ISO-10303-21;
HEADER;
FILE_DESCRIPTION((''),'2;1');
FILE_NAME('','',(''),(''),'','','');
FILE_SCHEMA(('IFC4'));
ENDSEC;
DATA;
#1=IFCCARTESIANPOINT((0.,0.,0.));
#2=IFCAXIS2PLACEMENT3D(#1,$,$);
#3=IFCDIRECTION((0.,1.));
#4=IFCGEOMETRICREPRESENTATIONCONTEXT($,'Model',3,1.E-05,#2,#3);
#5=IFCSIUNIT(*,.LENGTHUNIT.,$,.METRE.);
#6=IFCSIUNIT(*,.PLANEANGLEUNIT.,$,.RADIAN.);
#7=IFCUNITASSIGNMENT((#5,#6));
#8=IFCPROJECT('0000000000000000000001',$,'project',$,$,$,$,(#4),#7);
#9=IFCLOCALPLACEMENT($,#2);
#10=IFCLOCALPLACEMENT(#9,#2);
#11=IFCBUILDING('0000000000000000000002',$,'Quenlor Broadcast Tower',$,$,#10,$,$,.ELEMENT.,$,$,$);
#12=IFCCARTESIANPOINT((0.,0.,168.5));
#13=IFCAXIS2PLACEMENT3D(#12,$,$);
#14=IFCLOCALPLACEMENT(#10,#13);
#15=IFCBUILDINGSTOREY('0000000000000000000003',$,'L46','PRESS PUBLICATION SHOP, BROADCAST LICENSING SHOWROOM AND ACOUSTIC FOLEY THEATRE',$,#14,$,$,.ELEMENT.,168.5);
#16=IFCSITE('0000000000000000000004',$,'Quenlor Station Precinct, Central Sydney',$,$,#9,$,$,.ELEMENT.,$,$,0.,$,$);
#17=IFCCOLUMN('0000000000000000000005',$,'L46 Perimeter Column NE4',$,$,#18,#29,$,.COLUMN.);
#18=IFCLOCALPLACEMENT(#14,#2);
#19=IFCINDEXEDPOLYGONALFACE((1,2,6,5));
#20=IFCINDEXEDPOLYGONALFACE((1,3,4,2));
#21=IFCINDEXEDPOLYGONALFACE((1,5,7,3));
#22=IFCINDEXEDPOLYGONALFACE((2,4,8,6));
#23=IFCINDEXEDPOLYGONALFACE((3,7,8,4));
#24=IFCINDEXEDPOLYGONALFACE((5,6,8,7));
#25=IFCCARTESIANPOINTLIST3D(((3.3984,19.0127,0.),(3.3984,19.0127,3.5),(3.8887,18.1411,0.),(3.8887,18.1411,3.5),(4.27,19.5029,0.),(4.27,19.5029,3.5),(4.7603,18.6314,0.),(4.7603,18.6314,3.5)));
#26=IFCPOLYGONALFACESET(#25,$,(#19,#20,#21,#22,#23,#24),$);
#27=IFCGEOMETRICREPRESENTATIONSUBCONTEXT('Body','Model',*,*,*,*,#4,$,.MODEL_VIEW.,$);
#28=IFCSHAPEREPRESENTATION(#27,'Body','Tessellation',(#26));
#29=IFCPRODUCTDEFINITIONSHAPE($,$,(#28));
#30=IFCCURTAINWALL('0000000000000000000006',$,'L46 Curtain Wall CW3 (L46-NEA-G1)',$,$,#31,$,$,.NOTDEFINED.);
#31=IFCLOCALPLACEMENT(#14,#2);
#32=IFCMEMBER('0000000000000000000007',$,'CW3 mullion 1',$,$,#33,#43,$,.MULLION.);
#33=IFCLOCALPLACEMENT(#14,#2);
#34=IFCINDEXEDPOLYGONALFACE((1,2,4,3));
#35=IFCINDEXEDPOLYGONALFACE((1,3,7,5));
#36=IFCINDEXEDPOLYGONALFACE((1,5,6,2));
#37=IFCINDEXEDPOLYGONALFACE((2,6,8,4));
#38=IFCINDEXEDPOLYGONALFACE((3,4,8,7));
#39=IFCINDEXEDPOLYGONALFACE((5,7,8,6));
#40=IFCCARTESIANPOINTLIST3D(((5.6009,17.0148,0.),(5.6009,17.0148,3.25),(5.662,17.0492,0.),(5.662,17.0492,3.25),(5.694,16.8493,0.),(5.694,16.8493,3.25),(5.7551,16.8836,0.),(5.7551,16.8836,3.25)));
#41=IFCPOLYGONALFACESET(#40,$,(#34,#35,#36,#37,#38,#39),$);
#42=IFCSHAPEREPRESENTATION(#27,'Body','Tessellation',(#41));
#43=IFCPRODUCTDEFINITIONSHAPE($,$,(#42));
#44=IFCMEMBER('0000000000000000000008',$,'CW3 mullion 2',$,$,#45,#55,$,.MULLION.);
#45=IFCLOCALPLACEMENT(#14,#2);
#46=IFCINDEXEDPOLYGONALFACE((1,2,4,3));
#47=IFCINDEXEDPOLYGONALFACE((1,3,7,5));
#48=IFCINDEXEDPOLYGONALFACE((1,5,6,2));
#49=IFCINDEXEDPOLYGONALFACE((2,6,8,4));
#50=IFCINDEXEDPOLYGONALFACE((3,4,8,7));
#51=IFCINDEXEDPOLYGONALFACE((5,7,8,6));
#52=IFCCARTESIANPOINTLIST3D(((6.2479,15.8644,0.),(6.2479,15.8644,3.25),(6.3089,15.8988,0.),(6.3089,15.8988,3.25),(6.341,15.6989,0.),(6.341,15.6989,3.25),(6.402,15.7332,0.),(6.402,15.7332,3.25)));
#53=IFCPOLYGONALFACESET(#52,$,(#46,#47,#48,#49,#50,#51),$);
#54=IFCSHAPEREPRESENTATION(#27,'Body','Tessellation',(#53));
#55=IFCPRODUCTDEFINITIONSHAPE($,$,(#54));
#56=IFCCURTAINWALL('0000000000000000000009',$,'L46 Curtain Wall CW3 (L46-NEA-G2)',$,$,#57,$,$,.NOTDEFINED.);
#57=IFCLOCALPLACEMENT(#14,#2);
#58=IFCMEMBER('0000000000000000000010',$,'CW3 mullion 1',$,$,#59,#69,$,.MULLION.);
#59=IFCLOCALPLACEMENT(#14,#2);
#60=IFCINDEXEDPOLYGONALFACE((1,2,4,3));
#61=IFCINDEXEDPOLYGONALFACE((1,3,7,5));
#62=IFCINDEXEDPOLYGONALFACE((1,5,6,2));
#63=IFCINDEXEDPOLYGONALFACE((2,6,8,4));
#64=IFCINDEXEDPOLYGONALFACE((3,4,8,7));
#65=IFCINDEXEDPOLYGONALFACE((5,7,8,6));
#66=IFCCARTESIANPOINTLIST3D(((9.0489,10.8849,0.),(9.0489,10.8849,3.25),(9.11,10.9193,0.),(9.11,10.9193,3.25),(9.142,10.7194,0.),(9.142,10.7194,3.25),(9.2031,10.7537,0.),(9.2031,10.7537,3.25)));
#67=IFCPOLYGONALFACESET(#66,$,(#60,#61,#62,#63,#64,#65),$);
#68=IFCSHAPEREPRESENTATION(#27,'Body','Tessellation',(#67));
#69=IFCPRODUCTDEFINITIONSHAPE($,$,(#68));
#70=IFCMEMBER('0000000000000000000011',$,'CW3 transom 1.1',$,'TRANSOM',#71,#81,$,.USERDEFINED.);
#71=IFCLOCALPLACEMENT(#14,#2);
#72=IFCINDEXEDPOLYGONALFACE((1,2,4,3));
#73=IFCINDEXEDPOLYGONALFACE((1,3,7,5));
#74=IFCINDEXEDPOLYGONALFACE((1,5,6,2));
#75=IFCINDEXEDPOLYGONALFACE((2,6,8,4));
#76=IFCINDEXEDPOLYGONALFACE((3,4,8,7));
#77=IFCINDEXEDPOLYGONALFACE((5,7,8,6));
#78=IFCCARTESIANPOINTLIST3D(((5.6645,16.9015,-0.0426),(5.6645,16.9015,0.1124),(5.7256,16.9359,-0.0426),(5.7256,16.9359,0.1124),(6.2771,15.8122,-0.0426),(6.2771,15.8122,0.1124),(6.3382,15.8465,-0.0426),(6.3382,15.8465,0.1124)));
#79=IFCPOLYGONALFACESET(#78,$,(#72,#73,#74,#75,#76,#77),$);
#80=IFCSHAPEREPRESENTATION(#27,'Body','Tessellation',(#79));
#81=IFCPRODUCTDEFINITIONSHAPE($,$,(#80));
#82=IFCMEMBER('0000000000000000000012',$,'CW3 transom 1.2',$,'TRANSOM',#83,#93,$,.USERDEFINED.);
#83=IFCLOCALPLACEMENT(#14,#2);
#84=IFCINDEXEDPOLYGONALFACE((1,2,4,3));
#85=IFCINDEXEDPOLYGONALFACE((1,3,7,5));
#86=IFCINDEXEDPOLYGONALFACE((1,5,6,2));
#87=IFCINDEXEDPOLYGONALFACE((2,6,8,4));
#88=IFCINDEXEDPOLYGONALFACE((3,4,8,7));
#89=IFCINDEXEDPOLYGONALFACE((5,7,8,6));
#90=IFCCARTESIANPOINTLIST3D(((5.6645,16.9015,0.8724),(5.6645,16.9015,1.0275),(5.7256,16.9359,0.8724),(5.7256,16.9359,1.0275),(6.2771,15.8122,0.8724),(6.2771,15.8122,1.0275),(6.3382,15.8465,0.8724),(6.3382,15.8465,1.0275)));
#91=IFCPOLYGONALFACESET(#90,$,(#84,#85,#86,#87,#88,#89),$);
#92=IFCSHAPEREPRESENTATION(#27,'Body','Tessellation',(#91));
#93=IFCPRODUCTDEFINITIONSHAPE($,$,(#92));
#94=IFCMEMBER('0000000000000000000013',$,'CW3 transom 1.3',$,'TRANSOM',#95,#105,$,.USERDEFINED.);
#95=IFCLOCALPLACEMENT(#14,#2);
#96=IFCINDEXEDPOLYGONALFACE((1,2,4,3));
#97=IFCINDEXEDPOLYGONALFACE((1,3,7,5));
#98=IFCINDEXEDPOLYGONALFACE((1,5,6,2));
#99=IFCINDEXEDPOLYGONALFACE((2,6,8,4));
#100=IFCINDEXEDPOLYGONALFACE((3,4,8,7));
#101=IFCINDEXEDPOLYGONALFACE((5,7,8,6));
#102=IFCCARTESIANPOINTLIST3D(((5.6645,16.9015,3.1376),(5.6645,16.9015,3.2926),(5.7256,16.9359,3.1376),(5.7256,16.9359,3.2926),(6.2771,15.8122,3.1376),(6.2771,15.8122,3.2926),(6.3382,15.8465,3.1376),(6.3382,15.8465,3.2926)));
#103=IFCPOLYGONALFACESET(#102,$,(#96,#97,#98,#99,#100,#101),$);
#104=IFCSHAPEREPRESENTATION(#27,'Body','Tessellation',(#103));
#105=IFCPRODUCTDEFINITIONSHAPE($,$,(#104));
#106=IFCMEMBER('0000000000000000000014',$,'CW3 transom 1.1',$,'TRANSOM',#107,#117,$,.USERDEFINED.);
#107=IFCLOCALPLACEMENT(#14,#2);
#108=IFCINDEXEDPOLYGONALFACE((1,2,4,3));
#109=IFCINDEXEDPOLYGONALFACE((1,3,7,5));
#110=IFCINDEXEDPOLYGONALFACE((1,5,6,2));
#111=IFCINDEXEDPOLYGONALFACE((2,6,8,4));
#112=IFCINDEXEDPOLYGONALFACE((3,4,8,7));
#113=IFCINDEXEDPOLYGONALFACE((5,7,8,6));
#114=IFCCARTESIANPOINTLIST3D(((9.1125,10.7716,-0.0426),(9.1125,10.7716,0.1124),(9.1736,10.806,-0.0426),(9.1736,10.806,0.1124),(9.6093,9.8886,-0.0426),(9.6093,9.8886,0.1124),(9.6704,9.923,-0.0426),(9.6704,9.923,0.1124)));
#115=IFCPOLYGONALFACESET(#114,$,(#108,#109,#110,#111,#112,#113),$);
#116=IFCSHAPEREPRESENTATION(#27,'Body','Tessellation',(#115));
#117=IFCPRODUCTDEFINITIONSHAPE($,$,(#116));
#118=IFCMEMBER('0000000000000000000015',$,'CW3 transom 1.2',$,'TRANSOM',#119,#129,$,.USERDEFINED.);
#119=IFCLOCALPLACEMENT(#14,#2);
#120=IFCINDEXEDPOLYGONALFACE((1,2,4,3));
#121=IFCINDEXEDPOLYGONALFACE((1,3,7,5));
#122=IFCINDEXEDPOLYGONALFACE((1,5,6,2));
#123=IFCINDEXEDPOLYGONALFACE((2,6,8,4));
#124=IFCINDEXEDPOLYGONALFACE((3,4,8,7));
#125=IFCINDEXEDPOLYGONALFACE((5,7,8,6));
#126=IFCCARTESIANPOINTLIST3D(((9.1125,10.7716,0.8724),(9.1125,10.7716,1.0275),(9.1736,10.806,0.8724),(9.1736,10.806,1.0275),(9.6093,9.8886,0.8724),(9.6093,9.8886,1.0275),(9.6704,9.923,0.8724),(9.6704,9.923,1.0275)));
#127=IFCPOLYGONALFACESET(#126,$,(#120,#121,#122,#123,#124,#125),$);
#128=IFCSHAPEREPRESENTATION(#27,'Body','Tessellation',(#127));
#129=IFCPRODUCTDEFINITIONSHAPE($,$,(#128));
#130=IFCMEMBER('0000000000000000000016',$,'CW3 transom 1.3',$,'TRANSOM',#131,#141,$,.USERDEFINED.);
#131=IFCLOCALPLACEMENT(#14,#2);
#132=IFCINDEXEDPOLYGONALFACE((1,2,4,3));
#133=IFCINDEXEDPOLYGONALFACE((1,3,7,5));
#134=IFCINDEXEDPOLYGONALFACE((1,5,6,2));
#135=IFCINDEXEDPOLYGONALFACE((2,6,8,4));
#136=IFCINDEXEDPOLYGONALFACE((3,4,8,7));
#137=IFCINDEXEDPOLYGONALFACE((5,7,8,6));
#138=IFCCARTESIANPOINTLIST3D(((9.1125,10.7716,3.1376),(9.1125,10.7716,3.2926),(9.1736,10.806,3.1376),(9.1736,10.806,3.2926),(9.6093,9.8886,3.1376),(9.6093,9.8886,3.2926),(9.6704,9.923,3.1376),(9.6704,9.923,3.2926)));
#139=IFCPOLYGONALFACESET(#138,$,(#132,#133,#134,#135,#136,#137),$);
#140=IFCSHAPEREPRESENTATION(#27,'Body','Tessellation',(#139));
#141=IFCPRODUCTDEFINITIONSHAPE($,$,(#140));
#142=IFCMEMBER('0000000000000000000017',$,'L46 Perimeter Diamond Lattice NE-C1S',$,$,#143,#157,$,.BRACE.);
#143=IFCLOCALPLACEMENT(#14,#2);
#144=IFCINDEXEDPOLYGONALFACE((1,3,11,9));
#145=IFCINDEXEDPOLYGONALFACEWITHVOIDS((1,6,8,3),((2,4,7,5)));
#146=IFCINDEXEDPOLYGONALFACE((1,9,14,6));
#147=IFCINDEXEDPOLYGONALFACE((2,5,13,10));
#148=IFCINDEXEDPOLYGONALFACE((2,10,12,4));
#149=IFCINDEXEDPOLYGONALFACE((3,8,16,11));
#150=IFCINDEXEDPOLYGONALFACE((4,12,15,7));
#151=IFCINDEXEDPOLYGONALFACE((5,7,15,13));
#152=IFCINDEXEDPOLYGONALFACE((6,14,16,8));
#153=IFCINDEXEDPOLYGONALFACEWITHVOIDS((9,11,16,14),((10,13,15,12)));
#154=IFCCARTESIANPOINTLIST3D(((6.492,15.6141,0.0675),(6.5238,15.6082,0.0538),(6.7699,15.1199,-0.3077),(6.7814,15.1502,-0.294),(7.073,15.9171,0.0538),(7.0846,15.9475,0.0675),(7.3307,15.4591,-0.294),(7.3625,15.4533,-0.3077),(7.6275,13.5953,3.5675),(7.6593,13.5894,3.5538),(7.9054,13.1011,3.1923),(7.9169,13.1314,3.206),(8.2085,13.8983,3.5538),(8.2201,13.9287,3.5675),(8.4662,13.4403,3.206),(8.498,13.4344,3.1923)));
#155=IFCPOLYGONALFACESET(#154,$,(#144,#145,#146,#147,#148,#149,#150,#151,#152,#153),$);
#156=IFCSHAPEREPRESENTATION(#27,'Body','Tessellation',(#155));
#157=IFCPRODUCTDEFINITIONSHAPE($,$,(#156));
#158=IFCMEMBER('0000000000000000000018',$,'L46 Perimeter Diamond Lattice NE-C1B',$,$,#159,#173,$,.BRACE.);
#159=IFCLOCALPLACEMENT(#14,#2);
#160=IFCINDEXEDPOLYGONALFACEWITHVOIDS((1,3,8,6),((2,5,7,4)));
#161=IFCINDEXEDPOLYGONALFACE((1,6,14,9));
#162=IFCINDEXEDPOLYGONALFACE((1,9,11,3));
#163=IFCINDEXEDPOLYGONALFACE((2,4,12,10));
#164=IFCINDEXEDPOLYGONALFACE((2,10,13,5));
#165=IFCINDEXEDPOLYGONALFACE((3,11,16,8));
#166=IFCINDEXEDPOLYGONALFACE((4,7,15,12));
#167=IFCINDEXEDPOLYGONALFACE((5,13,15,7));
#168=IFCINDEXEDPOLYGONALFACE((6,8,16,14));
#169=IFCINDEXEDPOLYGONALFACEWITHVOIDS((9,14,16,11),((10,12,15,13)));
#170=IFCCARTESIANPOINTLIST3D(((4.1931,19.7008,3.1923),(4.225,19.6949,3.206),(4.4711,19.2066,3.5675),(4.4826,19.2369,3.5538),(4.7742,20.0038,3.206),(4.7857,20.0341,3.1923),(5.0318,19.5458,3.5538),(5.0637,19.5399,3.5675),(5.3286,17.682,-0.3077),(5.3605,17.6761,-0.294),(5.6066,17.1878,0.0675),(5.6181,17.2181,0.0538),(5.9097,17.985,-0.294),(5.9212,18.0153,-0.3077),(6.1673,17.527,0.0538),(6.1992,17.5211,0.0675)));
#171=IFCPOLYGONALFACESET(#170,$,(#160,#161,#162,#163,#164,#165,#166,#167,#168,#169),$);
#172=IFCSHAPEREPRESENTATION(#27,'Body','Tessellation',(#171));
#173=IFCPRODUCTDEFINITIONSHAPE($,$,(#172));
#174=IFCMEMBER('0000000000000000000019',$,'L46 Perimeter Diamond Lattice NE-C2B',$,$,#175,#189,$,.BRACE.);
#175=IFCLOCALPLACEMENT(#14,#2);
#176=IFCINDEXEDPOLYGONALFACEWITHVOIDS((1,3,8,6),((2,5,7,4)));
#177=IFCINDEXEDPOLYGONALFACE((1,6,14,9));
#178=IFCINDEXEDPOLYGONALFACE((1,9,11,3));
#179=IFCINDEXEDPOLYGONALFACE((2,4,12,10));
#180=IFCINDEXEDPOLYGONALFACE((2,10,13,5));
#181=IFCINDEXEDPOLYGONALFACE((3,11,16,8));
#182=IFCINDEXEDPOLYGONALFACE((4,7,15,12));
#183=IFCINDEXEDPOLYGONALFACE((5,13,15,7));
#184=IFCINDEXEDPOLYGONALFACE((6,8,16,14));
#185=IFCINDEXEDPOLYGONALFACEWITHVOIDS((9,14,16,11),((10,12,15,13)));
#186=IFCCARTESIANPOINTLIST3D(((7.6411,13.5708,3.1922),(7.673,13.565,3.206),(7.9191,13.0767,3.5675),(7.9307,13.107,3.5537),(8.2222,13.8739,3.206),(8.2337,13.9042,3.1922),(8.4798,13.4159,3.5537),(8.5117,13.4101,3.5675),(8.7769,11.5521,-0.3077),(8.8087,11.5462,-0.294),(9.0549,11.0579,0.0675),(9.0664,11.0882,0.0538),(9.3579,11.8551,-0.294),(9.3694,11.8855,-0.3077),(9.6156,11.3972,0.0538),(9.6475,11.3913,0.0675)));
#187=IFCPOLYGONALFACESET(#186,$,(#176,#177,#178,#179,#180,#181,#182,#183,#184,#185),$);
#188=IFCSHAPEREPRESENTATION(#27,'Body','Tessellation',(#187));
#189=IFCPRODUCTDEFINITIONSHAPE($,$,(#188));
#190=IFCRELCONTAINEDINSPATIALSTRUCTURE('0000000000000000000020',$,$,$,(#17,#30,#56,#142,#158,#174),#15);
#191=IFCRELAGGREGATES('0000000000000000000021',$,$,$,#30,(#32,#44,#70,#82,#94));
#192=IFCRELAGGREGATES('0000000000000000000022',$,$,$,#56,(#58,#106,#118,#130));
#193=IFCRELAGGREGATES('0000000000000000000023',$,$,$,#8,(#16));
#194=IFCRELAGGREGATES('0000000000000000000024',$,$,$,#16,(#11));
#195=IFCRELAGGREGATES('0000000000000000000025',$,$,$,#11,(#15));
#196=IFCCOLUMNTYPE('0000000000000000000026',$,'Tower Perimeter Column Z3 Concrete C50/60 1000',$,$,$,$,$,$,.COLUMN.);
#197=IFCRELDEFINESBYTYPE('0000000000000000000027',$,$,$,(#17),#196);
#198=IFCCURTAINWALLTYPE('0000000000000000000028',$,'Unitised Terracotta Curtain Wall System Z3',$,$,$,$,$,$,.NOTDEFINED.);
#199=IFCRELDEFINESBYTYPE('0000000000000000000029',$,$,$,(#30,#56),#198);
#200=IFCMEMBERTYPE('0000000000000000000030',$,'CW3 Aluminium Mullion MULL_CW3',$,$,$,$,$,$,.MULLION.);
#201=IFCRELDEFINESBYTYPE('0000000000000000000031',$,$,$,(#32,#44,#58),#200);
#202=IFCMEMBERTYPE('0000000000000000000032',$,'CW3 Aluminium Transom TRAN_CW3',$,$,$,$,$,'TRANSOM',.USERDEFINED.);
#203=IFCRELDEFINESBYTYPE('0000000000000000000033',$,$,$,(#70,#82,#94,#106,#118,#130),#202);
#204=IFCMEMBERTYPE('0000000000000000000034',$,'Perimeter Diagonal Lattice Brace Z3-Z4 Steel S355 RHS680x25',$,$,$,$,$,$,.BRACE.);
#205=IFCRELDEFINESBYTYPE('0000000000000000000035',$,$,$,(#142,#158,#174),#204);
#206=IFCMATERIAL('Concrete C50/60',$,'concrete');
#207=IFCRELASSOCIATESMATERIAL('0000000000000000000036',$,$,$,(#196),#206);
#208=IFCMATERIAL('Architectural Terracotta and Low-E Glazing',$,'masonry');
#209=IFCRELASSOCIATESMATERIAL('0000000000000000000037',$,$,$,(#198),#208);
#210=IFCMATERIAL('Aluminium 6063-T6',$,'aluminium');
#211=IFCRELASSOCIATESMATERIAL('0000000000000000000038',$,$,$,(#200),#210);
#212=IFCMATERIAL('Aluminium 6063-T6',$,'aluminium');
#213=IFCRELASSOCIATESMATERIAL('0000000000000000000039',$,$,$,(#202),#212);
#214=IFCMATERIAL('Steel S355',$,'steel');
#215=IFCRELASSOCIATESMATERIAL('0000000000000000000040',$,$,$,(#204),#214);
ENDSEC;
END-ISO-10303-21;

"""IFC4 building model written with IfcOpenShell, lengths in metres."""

from ifc_helpers import new_model, si_unit, direction, frame, origin, origin_2d, place, context, subcontext, project, spatial, rectangle, hollow_rectangle, extrude, material, material_profile, profile_set, type_object, element, aggregate, save


model = new_model("IFC4")

# Units and contexts
model_context = context("Model", 3, precision=1e-05, world=origin(), true_north=direction((0.0, 1.0)))
body_context = subcontext(model_context, "Body", "Model", "MODEL_VIEW")
ifc_project = project(units=[si_unit("LENGTHUNIT", "METRE"), si_unit("PLANEANGLEUNIT", "RADIAN")], contexts=[model_context])

# Site, building, storey
site_placement = place(None, origin())
site = spatial("IfcSite", under=ifc_project, at=site_placement, Name="Quenlor Station Precinct, Central Sydney", CompositionType="ELEMENT", RefElevation=0.0)
building_placement = place(site_placement, origin())
building = spatial("IfcBuilding", under=site, at=building_placement, Name="Quenlor Broadcast Tower", CompositionType="ELEMENT")
storey_placement = place(building_placement, frame((0.0, 0.0, 168.5)))
storey = spatial("IfcBuildingStorey", under=building, at=storey_placement, Name="L46", Description="PRESS PUBLICATION SHOP, BROADCAST LICENSING SHOWROOM AND ACOUSTIC FOLEY THEATRE", CompositionType="ELEMENT", Elevation=168.5)

# Column
ifc_material_1 = material(Name="Concrete C50/60", Category="concrete")
ifc_material_profile_1 = material_profile(ifc_material_1, rectangle(XDim=1.0, YDim=1.0, at=origin_2d()))
ifc_profile_set_1 = profile_set([ifc_material_profile_1], Name="Concrete C50/60 RC1000x1000")
column_type = type_object("IfcColumnType", Name="Tower Perimeter Column Z3 Concrete C50/60 1000", PredefinedType="COLUMN", material=ifc_profile_set_1)
column_placement = place(storey_placement, frame((4.0793, 18.822, 0.0), z_axis=(0.0, 0.0, 1.0), x_axis=(0.871575, 0.490262, 0.0)))
element("IfcColumn", 1, at=column_placement, inside=storey, type_object=column_type, Name="L46 Perimeter Column NE4", PredefinedType="COLUMN", context=body_context, shape_type="SweptSolid", body=[
    extrude(rectangle(XDim=1.0, YDim=1.0, at=origin_2d()), origin(), (0.0, 0.0, 1.0), 3.5),
])

# Curtain wall, members
ifc_material_2 = material(Name="Architectural Terracotta and Low-E Glazing", Category="masonry")
curtain_wall_type = type_object("IfcCurtainWallType", Name="Unitised Terracotta Curtain Wall System Z3", PredefinedType="NOTDEFINED", material=ifc_material_2)
curtain_wall_1_placement = place(storey_placement, origin())
curtain_wall_1 = element("IfcCurtainWall", 2, at=curtain_wall_1_placement, inside=storey, type_object=curtain_wall_type, Name="L46 Curtain Wall CW3 (L46-NEA-G1)", PredefinedType="NOTDEFINED")
ifc_material_3 = material(Name="Aluminium 6063-T6", Category="aluminium")
ifc_material_profile_2 = material_profile(ifc_material_3, rectangle(XDim=0.0701, YDim=0.1899, at=origin_2d()))
ifc_profile_set_2 = profile_set([ifc_material_profile_2], Name="Aluminium 6063-T6 MULL70x190")
member_type_1 = type_object("IfcMemberType", Name="CW3 Aluminium Mullion MULL_CW3", PredefinedType="MULLION", material=ifc_profile_set_2)
member_1_placement = place(storey_placement, frame((5.678, 16.9492, 0.0), z_axis=(0.0, 0.0, 1.0), x_axis=(0.871593, 0.49023, 0.0)))
member_1 = element("IfcMember", 3, at=member_1_placement, type_object=member_type_1, Name="CW3 mullion 1", PredefinedType="MULLION", context=body_context, shape_type="SweptSolid", body=[
    extrude(rectangle(XDim=0.0701, YDim=0.1899, at=origin_2d()), origin(), (0.0, 0.0, 1.0), 3.25),
])
member_2_placement = place(storey_placement, frame((6.325, 15.7988, 0.0), z_axis=(0.0, 0.0, 1.0), x_axis=(0.871593, 0.49023, 0.0)))
member_2 = element("IfcMember", 4, at=member_2_placement, type_object=member_type_1, Name="CW3 mullion 2", PredefinedType="MULLION", context=body_context, shape_type="SweptSolid", body=[
    extrude(rectangle(XDim=0.0701, YDim=0.1899, at=origin_2d()), origin(), (0.0, 0.0, 1.0), 3.25),
])

# Curtain wall, member
curtain_wall_2_placement = place(storey_placement, origin())
curtain_wall_2 = element("IfcCurtainWall", 5, at=curtain_wall_2_placement, inside=storey, type_object=curtain_wall_type, Name="L46 Curtain Wall CW3 (L46-NEA-G2)", PredefinedType="NOTDEFINED")
member_3_placement = place(storey_placement, frame((9.126, 10.8193, 0.0), z_axis=(0.0, 0.0, 1.0), x_axis=(0.871601, 0.490216, 0.0)))
member_3 = element("IfcMember", 6, at=member_3_placement, type_object=member_type_1, Name="CW3 mullion 1", PredefinedType="MULLION", context=body_context, shape_type="SweptSolid", body=[
    extrude(rectangle(XDim=0.0701, YDim=0.1899, at=origin_2d()), origin(), (0.0, 0.0, 1.0), 3.25),
])

# Members
ifc_material_4 = material(Name="Aluminium 6063-T6", Category="aluminium")
ifc_material_profile_3 = material_profile(ifc_material_4, rectangle(XDim=0.0701, YDim=0.155, at=origin_2d()))
ifc_profile_set_3 = profile_set([ifc_material_profile_3], Name="Aluminium 6063-T6 TRAN70x155")
member_type_2 = type_object("IfcMemberType", Name="CW3 Aluminium Transom TRAN_CW3", ElementType="TRANSOM", PredefinedType="USERDEFINED", material=ifc_profile_set_3)
member_4_placement = place(storey_placement, frame((5.6951, 16.9187, 0.0349), z_axis=(0.490131, -0.871649, 0.0), x_axis=(0.871649, 0.490131, 0.0)))
member_4 = element("IfcMember", 7, at=member_4_placement, type_object=member_type_2, Name="CW3 transom 1.1", ObjectType="TRANSOM", PredefinedType="USERDEFINED", context=body_context, shape_type="SweptSolid", body=[
    extrude(rectangle(XDim=0.0701, YDim=0.155, at=origin_2d()), origin(), (0.0, 0.0, 1.0), 1.2498),
])
member_5_placement = place(storey_placement, frame((5.6951, 16.9187, 0.95), z_axis=(0.490131, -0.871649, 0.0), x_axis=(0.871649, 0.490131, 0.0)))
member_5 = element("IfcMember", 8, at=member_5_placement, type_object=member_type_2, Name="CW3 transom 1.2", ObjectType="TRANSOM", PredefinedType="USERDEFINED", context=body_context, shape_type="SweptSolid", body=[
    extrude(rectangle(XDim=0.0701, YDim=0.155, at=origin_2d()), origin(), (0.0, 0.0, 1.0), 1.2498),
])
member_6_placement = place(storey_placement, frame((5.6951, 16.9187, 3.2151), z_axis=(0.490131, -0.871649, 0.0), x_axis=(0.871649, 0.490131, 0.0)))
member_6 = element("IfcMember", 9, at=member_6_placement, type_object=member_type_2, Name="CW3 transom 1.3", ObjectType="TRANSOM", PredefinedType="USERDEFINED", context=body_context, shape_type="SweptSolid", body=[
    extrude(rectangle(XDim=0.0701, YDim=0.155, at=origin_2d()), origin(), (0.0, 0.0, 1.0), 1.2498),
])
member_7_placement = place(storey_placement, frame((9.1431, 10.7888, 0.0349), z_axis=(0.490341, -0.87153, 0.0), x_axis=(0.87153, 0.490341, 0.0)))
member_7 = element("IfcMember", 10, at=member_7_placement, type_object=member_type_2, Name="CW3 transom 1.1", ObjectType="TRANSOM", PredefinedType="USERDEFINED", context=body_context, shape_type="SweptSolid", body=[
    extrude(rectangle(XDim=0.0701, YDim=0.155, at=origin_2d()), origin(), (0.0, 0.0, 1.0), 1.0132),
])
member_8_placement = place(storey_placement, frame((9.1431, 10.7888, 0.95), z_axis=(0.490341, -0.87153, 0.0), x_axis=(0.87153, 0.490341, 0.0)))
member_8 = element("IfcMember", 11, at=member_8_placement, type_object=member_type_2, Name="CW3 transom 1.2", ObjectType="TRANSOM", PredefinedType="USERDEFINED", context=body_context, shape_type="SweptSolid", body=[
    extrude(rectangle(XDim=0.0701, YDim=0.155, at=origin_2d()), origin(), (0.0, 0.0, 1.0), 1.0132),
])
member_9_placement = place(storey_placement, frame((9.1431, 10.7888, 3.2151), z_axis=(0.490341, -0.87153, 0.0), x_axis=(0.87153, 0.490341, 0.0)))
member_9 = element("IfcMember", 12, at=member_9_placement, type_object=member_type_2, Name="CW3 transom 1.3", ObjectType="TRANSOM", PredefinedType="USERDEFINED", context=body_context, shape_type="SweptSolid", body=[
    extrude(rectangle(XDim=0.0701, YDim=0.155, at=origin_2d()), origin(), (0.0, 0.0, 1.0), 1.0132),
])

# Members
ifc_material_5 = material(Name="Steel S355", Category="steel")
ifc_material_profile_4 = material_profile(ifc_material_5, hollow_rectangle(XDim=0.6799, YDim=0.6799, WallThickness=0.0249, at=origin_2d()))
ifc_profile_set_4 = profile_set([ifc_material_profile_4], Name="Steel S355 RHS680x680x25")
member_type_3 = type_object("IfcMemberType", Name="Perimeter Diagonal Lattice Brace Z3-Z4 Steel S355 RHS680x25", PredefinedType="BRACE", material=ifc_profile_set_4)
for number, where, z_axis, x_axis, name in (
    (13, (6.9272, 15.5337, -0.1201), (0.270549, -0.481009, 0.833927), (0.87159, 0.490236, 0.0), "L46 Perimeter Diamond Lattice NE-C1S"),
    (14, (5.7639, 17.6016, -0.1201), (-0.270549, 0.481009, 0.833927), (-0.87159, -0.490236, 0.0), "L46 Perimeter Diamond Lattice NE-C1B"),
    (15, (9.2122, 11.4717, -0.1201), (-0.270603, 0.481001, 0.833914), (-0.871545, -0.490316, 0.0), "L46 Perimeter Diamond Lattice NE-C2B"),
):
    element("IfcMember", number, at=place(storey_placement, frame(where, z_axis=z_axis, x_axis=x_axis)), inside=storey, type_object=member_type_3, Name=name, PredefinedType="BRACE", context=body_context, shape_type="SweptSolid", body=[
        extrude(hollow_rectangle(XDim=0.6799, YDim=0.6799, WallThickness=0.0249, at=origin_2d()), origin(), (0.0, 0.0, 1.0), 4.197),
    ])

aggregate(curtain_wall_1, [member_1, member_2, member_4, member_5, member_6])
aggregate(curtain_wall_2, [member_3, member_7, member_8, member_9])

save(model, "model.ifc")
